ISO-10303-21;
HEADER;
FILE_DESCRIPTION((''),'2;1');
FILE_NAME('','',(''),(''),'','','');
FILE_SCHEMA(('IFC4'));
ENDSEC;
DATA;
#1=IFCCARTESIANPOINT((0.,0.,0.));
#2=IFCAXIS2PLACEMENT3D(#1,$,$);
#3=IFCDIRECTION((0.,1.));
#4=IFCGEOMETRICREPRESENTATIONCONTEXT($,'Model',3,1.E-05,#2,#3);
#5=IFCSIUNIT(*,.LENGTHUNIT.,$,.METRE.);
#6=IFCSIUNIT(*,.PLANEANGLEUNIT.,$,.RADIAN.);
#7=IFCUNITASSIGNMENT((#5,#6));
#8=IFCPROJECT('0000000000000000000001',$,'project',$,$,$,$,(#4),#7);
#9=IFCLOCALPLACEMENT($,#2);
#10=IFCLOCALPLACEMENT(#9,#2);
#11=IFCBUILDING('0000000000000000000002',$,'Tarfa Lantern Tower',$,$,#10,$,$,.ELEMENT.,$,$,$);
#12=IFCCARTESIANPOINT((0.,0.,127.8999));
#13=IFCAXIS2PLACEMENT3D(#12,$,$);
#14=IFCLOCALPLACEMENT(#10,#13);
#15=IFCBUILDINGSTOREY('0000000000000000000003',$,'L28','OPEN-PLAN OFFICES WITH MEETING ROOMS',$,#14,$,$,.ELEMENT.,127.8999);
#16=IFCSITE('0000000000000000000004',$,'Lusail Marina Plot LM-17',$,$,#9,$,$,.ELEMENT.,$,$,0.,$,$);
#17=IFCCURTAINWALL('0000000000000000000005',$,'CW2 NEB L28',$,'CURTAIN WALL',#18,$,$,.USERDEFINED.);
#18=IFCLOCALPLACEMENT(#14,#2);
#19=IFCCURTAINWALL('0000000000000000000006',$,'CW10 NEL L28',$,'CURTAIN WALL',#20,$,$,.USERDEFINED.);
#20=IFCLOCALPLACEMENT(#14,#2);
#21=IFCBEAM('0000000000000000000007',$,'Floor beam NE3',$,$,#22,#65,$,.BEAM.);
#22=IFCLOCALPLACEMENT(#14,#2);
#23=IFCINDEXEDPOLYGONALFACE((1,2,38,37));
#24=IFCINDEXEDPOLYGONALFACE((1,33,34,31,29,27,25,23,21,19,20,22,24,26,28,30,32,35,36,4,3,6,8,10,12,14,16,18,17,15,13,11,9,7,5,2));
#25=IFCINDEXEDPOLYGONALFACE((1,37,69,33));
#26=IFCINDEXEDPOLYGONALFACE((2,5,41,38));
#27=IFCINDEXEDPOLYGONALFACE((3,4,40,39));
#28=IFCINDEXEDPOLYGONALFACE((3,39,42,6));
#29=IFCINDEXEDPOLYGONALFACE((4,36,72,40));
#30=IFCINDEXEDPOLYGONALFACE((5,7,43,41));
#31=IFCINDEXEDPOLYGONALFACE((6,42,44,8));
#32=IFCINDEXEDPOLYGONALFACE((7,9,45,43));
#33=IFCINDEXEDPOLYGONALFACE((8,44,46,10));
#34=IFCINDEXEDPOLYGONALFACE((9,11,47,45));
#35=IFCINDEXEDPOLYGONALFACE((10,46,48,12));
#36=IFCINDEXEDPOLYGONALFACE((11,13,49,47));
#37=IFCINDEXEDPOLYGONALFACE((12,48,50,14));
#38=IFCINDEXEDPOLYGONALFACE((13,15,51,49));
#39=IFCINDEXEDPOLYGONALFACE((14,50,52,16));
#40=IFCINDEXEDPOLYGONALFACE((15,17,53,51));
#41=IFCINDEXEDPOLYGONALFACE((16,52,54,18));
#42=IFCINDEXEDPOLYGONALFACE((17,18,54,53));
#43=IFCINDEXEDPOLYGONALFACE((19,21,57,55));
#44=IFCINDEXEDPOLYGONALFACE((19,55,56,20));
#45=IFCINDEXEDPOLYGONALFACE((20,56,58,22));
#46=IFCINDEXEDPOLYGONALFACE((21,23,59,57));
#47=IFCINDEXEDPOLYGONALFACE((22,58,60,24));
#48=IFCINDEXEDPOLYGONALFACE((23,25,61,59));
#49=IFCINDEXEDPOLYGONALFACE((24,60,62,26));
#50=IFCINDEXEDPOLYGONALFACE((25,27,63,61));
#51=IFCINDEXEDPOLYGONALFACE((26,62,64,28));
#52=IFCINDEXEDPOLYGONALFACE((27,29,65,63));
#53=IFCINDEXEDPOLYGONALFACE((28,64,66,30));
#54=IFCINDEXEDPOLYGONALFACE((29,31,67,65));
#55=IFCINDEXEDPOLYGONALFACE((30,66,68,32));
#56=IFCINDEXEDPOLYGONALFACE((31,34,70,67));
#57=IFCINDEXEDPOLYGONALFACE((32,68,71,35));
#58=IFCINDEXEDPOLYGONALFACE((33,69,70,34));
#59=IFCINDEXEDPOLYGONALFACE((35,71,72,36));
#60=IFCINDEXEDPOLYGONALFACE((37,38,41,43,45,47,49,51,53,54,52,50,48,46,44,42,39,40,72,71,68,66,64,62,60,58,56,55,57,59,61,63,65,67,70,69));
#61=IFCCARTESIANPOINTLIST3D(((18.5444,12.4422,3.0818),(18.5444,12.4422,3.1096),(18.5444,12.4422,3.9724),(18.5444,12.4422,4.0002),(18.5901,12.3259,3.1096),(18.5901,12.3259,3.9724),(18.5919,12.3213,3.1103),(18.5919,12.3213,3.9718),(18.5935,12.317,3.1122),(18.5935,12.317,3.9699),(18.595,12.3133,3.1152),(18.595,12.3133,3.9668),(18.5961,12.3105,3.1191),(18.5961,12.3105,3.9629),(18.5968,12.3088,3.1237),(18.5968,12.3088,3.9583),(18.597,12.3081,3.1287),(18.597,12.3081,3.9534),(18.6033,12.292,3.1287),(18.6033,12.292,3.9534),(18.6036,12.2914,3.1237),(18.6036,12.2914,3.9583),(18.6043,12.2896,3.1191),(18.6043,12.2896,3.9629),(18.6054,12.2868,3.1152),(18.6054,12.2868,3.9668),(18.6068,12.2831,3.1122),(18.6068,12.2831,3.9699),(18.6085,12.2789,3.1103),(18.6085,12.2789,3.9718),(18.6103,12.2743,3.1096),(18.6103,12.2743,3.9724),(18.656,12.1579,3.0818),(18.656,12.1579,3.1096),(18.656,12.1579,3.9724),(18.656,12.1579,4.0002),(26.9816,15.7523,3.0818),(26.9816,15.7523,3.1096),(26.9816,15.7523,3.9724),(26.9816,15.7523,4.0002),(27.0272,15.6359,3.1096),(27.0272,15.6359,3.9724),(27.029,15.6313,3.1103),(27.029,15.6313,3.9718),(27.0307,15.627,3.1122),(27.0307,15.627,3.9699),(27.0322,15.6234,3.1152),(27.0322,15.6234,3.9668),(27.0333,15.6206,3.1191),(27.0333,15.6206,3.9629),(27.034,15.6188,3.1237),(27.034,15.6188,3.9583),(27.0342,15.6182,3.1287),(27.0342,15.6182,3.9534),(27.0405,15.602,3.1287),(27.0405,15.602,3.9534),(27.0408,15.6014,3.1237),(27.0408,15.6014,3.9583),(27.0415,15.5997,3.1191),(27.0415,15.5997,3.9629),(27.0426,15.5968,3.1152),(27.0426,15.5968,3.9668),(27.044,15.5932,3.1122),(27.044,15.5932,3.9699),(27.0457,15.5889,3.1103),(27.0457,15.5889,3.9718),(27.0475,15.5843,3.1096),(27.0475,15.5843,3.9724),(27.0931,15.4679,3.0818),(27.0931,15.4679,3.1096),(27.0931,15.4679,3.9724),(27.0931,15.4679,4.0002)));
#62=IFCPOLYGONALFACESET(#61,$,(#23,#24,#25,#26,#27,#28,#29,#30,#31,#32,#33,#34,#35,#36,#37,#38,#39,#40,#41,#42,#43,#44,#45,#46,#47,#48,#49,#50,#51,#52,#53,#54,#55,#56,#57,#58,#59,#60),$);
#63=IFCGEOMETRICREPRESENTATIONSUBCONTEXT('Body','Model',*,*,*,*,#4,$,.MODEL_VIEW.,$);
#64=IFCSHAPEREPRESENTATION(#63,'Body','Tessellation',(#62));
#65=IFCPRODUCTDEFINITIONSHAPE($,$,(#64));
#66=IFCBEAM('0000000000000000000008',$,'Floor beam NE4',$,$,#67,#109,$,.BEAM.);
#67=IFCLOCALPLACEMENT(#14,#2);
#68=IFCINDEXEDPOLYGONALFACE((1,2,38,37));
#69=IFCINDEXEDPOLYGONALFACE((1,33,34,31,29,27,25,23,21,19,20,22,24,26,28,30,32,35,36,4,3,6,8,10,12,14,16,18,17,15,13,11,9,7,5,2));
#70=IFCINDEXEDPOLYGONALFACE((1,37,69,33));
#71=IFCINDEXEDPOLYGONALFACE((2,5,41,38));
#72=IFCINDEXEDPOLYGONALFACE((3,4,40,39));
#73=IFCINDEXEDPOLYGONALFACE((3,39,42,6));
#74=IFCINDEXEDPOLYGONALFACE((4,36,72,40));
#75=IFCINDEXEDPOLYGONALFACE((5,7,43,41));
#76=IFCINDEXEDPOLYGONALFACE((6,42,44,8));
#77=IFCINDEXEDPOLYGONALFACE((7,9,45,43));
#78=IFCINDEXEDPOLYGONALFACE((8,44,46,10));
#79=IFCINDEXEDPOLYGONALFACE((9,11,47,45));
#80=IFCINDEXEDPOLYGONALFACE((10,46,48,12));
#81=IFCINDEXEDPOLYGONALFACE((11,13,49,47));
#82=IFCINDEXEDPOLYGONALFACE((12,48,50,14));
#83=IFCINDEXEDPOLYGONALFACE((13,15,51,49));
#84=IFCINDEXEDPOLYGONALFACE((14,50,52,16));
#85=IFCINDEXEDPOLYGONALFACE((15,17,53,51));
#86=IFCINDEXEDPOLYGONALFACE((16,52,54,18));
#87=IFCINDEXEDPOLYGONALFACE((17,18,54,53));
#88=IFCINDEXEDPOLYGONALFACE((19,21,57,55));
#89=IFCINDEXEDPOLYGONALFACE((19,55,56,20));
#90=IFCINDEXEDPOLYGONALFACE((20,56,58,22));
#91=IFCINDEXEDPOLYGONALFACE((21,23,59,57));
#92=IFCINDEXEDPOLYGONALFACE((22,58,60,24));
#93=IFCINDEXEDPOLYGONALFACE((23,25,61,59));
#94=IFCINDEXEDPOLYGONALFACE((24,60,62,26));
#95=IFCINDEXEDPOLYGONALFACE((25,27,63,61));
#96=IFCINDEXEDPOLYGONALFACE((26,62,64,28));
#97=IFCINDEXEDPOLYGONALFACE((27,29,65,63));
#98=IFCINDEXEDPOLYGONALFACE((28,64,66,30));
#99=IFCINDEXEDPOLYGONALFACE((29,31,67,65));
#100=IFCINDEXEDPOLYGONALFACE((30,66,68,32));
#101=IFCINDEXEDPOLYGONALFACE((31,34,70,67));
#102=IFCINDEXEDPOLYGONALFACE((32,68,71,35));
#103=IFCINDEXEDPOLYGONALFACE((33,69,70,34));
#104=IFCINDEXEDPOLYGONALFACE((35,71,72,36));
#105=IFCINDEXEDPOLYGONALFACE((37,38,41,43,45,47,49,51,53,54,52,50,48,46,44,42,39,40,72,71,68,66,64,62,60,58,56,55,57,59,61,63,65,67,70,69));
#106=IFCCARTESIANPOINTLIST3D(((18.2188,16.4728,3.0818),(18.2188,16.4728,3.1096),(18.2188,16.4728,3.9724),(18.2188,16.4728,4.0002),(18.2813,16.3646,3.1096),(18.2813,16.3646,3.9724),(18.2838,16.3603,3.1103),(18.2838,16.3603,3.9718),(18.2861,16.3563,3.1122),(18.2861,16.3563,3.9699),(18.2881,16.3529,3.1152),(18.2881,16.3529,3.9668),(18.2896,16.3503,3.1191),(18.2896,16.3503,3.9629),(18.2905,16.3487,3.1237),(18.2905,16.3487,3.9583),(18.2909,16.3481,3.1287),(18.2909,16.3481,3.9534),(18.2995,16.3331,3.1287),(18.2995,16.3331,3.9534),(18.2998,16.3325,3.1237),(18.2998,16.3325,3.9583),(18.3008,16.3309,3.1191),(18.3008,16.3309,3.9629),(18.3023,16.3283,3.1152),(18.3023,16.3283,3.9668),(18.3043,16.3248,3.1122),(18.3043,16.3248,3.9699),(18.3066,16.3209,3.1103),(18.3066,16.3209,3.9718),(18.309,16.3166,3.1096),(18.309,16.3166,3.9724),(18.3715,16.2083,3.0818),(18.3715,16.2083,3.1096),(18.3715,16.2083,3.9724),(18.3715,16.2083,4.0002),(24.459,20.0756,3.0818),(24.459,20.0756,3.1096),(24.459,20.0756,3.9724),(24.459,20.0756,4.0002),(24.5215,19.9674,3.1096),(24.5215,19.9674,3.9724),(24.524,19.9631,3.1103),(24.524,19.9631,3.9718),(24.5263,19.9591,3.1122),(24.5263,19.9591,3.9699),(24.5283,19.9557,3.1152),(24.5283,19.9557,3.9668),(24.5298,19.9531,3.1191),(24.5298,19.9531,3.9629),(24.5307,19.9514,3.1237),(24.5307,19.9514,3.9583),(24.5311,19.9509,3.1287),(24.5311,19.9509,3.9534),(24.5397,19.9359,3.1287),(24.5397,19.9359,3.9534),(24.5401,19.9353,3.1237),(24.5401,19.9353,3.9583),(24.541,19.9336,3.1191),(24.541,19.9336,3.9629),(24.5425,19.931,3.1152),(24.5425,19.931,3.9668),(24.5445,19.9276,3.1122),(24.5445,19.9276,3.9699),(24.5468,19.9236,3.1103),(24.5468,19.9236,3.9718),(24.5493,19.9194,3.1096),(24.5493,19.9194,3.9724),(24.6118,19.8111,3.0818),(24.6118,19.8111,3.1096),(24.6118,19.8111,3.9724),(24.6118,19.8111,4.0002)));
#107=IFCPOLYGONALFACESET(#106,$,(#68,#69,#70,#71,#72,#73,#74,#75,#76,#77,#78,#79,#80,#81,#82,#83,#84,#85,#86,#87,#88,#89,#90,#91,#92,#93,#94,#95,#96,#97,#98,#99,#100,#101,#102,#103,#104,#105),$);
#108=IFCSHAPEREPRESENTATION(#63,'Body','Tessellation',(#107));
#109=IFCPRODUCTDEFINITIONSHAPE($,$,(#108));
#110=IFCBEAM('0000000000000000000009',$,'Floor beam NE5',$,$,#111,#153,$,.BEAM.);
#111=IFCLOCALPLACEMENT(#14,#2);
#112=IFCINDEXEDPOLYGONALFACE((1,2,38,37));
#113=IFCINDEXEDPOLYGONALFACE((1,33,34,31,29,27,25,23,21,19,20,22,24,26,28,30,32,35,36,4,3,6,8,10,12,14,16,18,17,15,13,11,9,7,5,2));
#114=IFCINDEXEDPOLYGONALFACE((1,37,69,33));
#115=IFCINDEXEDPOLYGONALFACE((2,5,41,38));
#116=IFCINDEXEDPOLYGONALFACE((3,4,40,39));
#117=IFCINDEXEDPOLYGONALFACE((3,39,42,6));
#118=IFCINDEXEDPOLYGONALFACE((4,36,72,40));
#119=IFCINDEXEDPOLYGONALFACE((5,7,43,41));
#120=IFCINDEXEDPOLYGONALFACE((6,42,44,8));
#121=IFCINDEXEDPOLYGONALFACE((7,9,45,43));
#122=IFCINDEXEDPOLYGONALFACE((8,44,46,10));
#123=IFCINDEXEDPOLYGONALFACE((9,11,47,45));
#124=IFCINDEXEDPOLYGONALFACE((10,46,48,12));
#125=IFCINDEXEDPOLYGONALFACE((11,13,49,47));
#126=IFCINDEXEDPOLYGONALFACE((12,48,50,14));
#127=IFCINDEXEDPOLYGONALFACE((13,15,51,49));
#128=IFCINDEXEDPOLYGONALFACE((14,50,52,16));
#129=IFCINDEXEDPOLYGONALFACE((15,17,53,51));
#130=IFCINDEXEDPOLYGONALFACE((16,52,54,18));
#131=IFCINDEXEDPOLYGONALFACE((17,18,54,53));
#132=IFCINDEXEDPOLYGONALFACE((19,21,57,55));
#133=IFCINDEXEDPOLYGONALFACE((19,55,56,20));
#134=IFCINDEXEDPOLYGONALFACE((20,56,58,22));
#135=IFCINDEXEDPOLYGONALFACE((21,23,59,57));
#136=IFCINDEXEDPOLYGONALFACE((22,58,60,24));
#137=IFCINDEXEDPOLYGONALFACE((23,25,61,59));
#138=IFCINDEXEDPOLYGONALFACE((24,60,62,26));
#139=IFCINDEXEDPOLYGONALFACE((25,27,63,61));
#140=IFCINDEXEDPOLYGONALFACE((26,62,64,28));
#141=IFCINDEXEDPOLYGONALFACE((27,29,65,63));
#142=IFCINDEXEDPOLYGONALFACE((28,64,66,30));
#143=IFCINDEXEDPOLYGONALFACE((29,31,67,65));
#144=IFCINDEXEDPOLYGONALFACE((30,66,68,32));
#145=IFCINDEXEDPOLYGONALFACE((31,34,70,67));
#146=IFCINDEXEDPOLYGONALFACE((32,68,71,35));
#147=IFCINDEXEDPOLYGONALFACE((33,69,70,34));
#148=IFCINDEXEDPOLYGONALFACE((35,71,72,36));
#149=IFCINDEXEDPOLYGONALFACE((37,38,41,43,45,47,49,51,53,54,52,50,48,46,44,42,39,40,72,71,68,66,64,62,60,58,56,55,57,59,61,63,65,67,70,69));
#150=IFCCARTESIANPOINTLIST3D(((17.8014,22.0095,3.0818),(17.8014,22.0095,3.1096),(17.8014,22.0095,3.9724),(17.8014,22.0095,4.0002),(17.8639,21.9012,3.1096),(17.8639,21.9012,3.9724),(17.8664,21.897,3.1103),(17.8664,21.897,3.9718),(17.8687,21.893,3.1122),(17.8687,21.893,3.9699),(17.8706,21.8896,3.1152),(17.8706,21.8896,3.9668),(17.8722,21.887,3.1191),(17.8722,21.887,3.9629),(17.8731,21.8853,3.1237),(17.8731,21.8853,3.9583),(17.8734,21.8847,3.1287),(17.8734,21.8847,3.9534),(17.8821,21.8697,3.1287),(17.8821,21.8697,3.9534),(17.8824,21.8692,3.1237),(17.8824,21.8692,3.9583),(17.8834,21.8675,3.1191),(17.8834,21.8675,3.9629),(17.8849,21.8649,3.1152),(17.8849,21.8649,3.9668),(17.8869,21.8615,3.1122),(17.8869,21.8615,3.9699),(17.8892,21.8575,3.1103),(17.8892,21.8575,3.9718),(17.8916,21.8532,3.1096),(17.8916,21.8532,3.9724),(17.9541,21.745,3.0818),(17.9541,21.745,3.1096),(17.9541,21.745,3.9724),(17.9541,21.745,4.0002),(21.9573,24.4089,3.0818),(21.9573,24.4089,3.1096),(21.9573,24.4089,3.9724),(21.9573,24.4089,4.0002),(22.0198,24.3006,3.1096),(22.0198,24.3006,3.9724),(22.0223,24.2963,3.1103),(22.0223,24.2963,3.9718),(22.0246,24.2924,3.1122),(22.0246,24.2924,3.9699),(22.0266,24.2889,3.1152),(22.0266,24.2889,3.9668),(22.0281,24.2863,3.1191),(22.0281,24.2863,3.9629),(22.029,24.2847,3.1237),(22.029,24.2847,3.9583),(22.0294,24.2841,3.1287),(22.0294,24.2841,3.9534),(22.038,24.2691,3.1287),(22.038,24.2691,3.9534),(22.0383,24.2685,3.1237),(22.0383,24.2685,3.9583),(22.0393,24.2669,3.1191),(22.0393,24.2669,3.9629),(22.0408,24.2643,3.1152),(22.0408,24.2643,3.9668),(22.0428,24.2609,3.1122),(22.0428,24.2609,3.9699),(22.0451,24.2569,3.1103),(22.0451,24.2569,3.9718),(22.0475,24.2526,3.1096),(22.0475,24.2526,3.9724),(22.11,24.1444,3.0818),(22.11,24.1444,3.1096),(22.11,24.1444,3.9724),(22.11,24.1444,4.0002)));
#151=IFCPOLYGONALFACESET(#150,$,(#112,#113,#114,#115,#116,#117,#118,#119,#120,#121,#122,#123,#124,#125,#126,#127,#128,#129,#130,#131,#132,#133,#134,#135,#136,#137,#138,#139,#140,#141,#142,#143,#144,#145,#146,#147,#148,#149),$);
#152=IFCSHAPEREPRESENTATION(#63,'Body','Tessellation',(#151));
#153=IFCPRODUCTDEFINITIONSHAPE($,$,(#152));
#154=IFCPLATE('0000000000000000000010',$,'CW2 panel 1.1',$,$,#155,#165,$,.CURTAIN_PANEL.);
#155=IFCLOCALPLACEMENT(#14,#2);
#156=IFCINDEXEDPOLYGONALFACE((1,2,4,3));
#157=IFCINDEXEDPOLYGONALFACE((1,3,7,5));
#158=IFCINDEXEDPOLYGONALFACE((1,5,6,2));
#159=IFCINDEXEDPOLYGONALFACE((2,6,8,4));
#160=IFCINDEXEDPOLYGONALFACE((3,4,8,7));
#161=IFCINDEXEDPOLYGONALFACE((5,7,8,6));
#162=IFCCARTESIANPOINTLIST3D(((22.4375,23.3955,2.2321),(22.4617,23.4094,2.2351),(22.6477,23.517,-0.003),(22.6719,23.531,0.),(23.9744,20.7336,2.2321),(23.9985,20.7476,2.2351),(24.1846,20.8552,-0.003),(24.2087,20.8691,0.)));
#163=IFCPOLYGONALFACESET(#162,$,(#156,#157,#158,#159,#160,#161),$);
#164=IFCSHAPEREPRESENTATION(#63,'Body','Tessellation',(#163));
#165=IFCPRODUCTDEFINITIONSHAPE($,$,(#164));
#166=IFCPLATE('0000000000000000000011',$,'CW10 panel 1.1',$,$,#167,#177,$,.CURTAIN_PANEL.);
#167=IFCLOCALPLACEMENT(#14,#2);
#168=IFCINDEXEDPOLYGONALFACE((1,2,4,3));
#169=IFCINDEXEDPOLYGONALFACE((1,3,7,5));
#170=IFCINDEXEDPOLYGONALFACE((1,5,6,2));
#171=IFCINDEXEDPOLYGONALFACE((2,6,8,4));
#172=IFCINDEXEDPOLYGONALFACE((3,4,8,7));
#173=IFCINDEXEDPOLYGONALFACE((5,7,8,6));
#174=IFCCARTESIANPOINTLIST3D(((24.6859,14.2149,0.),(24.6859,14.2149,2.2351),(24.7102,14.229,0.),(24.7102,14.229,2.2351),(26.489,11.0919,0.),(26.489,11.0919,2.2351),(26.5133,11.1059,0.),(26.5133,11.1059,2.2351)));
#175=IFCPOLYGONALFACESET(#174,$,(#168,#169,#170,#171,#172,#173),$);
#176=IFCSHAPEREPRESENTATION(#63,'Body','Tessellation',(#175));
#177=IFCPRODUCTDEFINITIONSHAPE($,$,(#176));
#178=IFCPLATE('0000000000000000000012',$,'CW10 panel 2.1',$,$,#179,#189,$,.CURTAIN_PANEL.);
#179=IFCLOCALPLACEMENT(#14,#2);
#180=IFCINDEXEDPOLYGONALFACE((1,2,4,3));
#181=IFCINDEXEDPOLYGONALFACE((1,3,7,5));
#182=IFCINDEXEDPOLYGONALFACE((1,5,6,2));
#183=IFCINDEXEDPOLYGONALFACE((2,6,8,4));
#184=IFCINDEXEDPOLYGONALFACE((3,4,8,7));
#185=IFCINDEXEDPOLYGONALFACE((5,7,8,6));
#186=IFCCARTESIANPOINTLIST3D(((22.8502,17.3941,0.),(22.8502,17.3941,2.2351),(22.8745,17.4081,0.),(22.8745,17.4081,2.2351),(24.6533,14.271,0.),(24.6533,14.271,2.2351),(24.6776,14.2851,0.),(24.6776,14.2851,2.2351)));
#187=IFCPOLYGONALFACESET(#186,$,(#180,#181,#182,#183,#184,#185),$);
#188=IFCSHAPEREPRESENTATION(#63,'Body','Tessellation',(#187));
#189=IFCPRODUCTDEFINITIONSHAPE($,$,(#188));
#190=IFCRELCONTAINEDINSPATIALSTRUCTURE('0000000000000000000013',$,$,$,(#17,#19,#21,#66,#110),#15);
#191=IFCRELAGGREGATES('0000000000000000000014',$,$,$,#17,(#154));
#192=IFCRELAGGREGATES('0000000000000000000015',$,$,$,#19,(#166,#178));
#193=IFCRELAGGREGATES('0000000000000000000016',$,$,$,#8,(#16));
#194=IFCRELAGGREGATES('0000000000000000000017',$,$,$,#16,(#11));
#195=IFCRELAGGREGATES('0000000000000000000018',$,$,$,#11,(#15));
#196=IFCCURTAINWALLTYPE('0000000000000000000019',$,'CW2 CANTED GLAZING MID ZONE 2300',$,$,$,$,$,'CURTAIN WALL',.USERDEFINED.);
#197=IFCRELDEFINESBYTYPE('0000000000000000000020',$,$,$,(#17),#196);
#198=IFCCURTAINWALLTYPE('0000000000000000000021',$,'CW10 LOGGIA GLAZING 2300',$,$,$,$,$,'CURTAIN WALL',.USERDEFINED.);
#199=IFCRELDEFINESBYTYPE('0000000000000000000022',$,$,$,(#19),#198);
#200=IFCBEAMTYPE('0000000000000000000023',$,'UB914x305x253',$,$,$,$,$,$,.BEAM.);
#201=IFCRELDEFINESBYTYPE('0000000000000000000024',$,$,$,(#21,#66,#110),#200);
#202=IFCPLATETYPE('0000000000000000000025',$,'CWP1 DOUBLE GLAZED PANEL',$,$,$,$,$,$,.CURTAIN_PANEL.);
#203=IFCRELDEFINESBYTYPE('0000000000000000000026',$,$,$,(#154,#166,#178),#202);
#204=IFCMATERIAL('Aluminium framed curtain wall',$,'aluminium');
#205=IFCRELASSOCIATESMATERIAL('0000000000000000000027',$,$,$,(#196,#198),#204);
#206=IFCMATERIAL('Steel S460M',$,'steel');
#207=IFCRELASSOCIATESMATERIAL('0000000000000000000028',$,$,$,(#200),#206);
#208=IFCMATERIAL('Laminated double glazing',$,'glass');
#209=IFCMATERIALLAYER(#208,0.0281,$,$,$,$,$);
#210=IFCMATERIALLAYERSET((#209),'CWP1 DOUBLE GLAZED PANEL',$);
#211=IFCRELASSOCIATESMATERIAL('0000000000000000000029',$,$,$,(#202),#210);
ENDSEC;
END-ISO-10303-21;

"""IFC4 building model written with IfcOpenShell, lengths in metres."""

from ifc_helpers import new_model, si_unit, direction, frame, origin, origin_2d, place, context, subcontext, project, spatial, polyline, rectangle, i_section, outline, extrude, material, layer, layer_set, material_profile, profile_set, type_object, element, aggregate, save


model = new_model("IFC4")

# Units and contexts
model_context = context("Model", 3, precision=1e-05, world=origin(), true_north=direction((0.0, 1.0)))
body_context = subcontext(model_context, "Body", "Model", "MODEL_VIEW")
ifc_project = project(units=[si_unit("LENGTHUNIT", "METRE"), si_unit("PLANEANGLEUNIT", "RADIAN")], contexts=[model_context])

# Site, building, storey
site_placement = place(None, origin())
site = spatial("IfcSite", under=ifc_project, at=site_placement, Name="Lusail Marina Plot LM-17", CompositionType="ELEMENT", RefElevation=0.0)
building_placement = place(site_placement, origin())
building = spatial("IfcBuilding", under=site, at=building_placement, Name="Tarfa Lantern Tower", CompositionType="ELEMENT")
storey_placement = place(building_placement, frame((0.0, 0.0, 127.8999)))
storey = spatial("IfcBuildingStorey", under=building, at=storey_placement, Name="L28", Description="OPEN-PLAN OFFICES WITH MEETING ROOMS", CompositionType="ELEMENT", Elevation=127.8999)

# Curtain walls
ifc_material_1 = material(Name="Aluminium framed curtain wall", Category="aluminium")
curtain_wall_type_1 = type_object("IfcCurtainWallType", Name="CW2 CANTED GLAZING MID ZONE 2300", ElementType="CURTAIN WALL", PredefinedType="USERDEFINED", material=ifc_material_1)
curtain_wall_1_placement = place(storey_placement, origin())
curtain_wall_1 = element("IfcCurtainWall", 1, at=curtain_wall_1_placement, inside=storey, type_object=curtain_wall_type_1, Name="CW2 NEB L28", ObjectType="CURTAIN WALL", PredefinedType="USERDEFINED")
curtain_wall_type_2 = type_object("IfcCurtainWallType", Name="CW10 LOGGIA GLAZING 2300", ElementType="CURTAIN WALL", PredefinedType="USERDEFINED", material=ifc_material_1)
curtain_wall_2_placement = place(storey_placement, origin())
curtain_wall_2 = element("IfcCurtainWall", 2, at=curtain_wall_2_placement, inside=storey, type_object=curtain_wall_type_2, Name="CW10 NEL L28", ObjectType="CURTAIN WALL", PredefinedType="USERDEFINED")

# Beams
ifc_material_2 = material(Name="Steel S460M", Category="steel")
ifc_material_profile_1 = material_profile(ifc_material_2, i_section(OverallWidth=0.3054, OverallDepth=0.9185, WebThickness=0.0173, FlangeThickness=0.0278, FilletRadius=0.019, at=origin_2d()), Name="UB914x305x253")
ifc_profile_set_1 = profile_set([ifc_material_profile_1], Name="Steel S460M")
beam_type_1 = type_object("IfcBeamType", Name="UB914x305x253", PredefinedType="BEAM", material=ifc_profile_set_1)
beam_1_placement = place(storey_placement, frame((27.0374, 15.6101, 3.541), z_axis=(-0.930923, -0.365215, 0.0), x_axis=(0.365215, -0.930923, 0.0)))
element("IfcBeam", 3, at=beam_1_placement, inside=storey, type_object=beam_type_1, Name="Floor beam NE3", PredefinedType="BEAM", context=body_context, shape_type="SweptSolid", body=[
    extrude(i_section(OverallWidth=0.3054, OverallDepth=0.9185, WebThickness=0.0173, FlangeThickness=0.0278, FilletRadius=0.019, at=origin_2d()), origin(), (0.0, 0.0, 1.0), 9.0632),
])
beam_2_placement = place(storey_placement, frame((24.5354, 19.9434, 3.541), z_axis=(-0.866026, -0.499998, 0.0), x_axis=(0.499998, -0.866026, 0.0)))
element("IfcBeam", 4, at=beam_2_placement, inside=storey, type_object=beam_type_1, Name="Floor beam NE4", PredefinedType="BEAM", context=body_context, shape_type="SweptSolid", body=[
    extrude(i_section(OverallWidth=0.3054, OverallDepth=0.9185, WebThickness=0.0173, FlangeThickness=0.0278, FilletRadius=0.019, at=origin_2d()), origin(), (0.0, 0.0, 1.0), 7.2056),
])
beam_3_placement = place(storey_placement, frame((22.0337, 24.2766, 3.541), z_axis=(-0.866031, -0.499991, 0.0), x_axis=(0.499991, -0.866031, 0.0)))
element("IfcBeam", 5, at=beam_3_placement, inside=storey, type_object=beam_type_1, Name="Floor beam NE5", PredefinedType="BEAM", context=body_context, shape_type="SweptSolid", body=[
    extrude(i_section(OverallWidth=0.3054, OverallDepth=0.9185, WebThickness=0.0173, FlangeThickness=0.0278, FilletRadius=0.019, at=origin_2d()), origin(), (0.0, 0.0, 1.0), 4.7988),
])

# Plates
ifc_material_3 = material(Name="Laminated double glazing", Category="glass")
ifc_layer_1 = layer(ifc_material_3, 0.0281)
ifc_layer_set_1 = layer_set([ifc_layer_1], Name="CWP1 DOUBLE GLAZED PANEL")
plate_type_1 = type_object("IfcPlateType", Name="CWP1 DOUBLE GLAZED PANEL", PredefinedType="CURTAIN_PANEL", material=ifc_layer_set_1)
plate_1_placement = place(storey_placement, frame((24.2087, 20.8691, 0.0), z_axis=(0.860954, 0.497084, 0.10801), x_axis=(-0.500009, 0.86602, 0.0)))
plate_1 = element("IfcPlate", 6, at=plate_1_placement, type_object=plate_type_1, Name="CW2 panel 1.1", PredefinedType="CURTAIN_PANEL", context=body_context, shape_type="SweptSolid", body=[
    extrude(outline(polyline([(0.0, 0.0), (3.0737, 0.0), (3.0735, 2.2483), (-0.0002, 2.2483), (0.0, 0.0)])), origin(), (0.0, 0.0, -1.0), 0.0281),
])
aggregate(curtain_wall_1, [plate_1])
plate_2_placement = place(storey_placement, frame((25.5996, 12.6604, 0.0), z_axis=(0.0, 0.0, 1.0), x_axis=(-0.5, 0.866025, 0.0)))
plate_2 = element("IfcPlate", 7, at=plate_2_placement, type_object=plate_type_1, Name="CW10 panel 1.1", PredefinedType="CURTAIN_PANEL", context=body_context, shape_type="SweptSolid", body=[
    extrude(rectangle(XDim=3.6062, YDim=0.0281, at=origin_2d()), origin(), (0.0, 0.0, 1.0), 2.2351),
])
plate_3_placement = place(storey_placement, frame((23.7639, 15.8396, 0.0), z_axis=(0.0, 0.0, 1.0), x_axis=(-0.5, 0.866025, 0.0)))
plate_3 = element("IfcPlate", 8, at=plate_3_placement, type_object=plate_type_1, Name="CW10 panel 2.1", PredefinedType="CURTAIN_PANEL", context=body_context, shape_type="SweptSolid", body=[
    extrude(rectangle(XDim=3.6062, YDim=0.0281, at=origin_2d()), origin(), (0.0, 0.0, 1.0), 2.2351),
])
aggregate(curtain_wall_2, [plate_2, plate_3])

save(model, "model.ifc")
